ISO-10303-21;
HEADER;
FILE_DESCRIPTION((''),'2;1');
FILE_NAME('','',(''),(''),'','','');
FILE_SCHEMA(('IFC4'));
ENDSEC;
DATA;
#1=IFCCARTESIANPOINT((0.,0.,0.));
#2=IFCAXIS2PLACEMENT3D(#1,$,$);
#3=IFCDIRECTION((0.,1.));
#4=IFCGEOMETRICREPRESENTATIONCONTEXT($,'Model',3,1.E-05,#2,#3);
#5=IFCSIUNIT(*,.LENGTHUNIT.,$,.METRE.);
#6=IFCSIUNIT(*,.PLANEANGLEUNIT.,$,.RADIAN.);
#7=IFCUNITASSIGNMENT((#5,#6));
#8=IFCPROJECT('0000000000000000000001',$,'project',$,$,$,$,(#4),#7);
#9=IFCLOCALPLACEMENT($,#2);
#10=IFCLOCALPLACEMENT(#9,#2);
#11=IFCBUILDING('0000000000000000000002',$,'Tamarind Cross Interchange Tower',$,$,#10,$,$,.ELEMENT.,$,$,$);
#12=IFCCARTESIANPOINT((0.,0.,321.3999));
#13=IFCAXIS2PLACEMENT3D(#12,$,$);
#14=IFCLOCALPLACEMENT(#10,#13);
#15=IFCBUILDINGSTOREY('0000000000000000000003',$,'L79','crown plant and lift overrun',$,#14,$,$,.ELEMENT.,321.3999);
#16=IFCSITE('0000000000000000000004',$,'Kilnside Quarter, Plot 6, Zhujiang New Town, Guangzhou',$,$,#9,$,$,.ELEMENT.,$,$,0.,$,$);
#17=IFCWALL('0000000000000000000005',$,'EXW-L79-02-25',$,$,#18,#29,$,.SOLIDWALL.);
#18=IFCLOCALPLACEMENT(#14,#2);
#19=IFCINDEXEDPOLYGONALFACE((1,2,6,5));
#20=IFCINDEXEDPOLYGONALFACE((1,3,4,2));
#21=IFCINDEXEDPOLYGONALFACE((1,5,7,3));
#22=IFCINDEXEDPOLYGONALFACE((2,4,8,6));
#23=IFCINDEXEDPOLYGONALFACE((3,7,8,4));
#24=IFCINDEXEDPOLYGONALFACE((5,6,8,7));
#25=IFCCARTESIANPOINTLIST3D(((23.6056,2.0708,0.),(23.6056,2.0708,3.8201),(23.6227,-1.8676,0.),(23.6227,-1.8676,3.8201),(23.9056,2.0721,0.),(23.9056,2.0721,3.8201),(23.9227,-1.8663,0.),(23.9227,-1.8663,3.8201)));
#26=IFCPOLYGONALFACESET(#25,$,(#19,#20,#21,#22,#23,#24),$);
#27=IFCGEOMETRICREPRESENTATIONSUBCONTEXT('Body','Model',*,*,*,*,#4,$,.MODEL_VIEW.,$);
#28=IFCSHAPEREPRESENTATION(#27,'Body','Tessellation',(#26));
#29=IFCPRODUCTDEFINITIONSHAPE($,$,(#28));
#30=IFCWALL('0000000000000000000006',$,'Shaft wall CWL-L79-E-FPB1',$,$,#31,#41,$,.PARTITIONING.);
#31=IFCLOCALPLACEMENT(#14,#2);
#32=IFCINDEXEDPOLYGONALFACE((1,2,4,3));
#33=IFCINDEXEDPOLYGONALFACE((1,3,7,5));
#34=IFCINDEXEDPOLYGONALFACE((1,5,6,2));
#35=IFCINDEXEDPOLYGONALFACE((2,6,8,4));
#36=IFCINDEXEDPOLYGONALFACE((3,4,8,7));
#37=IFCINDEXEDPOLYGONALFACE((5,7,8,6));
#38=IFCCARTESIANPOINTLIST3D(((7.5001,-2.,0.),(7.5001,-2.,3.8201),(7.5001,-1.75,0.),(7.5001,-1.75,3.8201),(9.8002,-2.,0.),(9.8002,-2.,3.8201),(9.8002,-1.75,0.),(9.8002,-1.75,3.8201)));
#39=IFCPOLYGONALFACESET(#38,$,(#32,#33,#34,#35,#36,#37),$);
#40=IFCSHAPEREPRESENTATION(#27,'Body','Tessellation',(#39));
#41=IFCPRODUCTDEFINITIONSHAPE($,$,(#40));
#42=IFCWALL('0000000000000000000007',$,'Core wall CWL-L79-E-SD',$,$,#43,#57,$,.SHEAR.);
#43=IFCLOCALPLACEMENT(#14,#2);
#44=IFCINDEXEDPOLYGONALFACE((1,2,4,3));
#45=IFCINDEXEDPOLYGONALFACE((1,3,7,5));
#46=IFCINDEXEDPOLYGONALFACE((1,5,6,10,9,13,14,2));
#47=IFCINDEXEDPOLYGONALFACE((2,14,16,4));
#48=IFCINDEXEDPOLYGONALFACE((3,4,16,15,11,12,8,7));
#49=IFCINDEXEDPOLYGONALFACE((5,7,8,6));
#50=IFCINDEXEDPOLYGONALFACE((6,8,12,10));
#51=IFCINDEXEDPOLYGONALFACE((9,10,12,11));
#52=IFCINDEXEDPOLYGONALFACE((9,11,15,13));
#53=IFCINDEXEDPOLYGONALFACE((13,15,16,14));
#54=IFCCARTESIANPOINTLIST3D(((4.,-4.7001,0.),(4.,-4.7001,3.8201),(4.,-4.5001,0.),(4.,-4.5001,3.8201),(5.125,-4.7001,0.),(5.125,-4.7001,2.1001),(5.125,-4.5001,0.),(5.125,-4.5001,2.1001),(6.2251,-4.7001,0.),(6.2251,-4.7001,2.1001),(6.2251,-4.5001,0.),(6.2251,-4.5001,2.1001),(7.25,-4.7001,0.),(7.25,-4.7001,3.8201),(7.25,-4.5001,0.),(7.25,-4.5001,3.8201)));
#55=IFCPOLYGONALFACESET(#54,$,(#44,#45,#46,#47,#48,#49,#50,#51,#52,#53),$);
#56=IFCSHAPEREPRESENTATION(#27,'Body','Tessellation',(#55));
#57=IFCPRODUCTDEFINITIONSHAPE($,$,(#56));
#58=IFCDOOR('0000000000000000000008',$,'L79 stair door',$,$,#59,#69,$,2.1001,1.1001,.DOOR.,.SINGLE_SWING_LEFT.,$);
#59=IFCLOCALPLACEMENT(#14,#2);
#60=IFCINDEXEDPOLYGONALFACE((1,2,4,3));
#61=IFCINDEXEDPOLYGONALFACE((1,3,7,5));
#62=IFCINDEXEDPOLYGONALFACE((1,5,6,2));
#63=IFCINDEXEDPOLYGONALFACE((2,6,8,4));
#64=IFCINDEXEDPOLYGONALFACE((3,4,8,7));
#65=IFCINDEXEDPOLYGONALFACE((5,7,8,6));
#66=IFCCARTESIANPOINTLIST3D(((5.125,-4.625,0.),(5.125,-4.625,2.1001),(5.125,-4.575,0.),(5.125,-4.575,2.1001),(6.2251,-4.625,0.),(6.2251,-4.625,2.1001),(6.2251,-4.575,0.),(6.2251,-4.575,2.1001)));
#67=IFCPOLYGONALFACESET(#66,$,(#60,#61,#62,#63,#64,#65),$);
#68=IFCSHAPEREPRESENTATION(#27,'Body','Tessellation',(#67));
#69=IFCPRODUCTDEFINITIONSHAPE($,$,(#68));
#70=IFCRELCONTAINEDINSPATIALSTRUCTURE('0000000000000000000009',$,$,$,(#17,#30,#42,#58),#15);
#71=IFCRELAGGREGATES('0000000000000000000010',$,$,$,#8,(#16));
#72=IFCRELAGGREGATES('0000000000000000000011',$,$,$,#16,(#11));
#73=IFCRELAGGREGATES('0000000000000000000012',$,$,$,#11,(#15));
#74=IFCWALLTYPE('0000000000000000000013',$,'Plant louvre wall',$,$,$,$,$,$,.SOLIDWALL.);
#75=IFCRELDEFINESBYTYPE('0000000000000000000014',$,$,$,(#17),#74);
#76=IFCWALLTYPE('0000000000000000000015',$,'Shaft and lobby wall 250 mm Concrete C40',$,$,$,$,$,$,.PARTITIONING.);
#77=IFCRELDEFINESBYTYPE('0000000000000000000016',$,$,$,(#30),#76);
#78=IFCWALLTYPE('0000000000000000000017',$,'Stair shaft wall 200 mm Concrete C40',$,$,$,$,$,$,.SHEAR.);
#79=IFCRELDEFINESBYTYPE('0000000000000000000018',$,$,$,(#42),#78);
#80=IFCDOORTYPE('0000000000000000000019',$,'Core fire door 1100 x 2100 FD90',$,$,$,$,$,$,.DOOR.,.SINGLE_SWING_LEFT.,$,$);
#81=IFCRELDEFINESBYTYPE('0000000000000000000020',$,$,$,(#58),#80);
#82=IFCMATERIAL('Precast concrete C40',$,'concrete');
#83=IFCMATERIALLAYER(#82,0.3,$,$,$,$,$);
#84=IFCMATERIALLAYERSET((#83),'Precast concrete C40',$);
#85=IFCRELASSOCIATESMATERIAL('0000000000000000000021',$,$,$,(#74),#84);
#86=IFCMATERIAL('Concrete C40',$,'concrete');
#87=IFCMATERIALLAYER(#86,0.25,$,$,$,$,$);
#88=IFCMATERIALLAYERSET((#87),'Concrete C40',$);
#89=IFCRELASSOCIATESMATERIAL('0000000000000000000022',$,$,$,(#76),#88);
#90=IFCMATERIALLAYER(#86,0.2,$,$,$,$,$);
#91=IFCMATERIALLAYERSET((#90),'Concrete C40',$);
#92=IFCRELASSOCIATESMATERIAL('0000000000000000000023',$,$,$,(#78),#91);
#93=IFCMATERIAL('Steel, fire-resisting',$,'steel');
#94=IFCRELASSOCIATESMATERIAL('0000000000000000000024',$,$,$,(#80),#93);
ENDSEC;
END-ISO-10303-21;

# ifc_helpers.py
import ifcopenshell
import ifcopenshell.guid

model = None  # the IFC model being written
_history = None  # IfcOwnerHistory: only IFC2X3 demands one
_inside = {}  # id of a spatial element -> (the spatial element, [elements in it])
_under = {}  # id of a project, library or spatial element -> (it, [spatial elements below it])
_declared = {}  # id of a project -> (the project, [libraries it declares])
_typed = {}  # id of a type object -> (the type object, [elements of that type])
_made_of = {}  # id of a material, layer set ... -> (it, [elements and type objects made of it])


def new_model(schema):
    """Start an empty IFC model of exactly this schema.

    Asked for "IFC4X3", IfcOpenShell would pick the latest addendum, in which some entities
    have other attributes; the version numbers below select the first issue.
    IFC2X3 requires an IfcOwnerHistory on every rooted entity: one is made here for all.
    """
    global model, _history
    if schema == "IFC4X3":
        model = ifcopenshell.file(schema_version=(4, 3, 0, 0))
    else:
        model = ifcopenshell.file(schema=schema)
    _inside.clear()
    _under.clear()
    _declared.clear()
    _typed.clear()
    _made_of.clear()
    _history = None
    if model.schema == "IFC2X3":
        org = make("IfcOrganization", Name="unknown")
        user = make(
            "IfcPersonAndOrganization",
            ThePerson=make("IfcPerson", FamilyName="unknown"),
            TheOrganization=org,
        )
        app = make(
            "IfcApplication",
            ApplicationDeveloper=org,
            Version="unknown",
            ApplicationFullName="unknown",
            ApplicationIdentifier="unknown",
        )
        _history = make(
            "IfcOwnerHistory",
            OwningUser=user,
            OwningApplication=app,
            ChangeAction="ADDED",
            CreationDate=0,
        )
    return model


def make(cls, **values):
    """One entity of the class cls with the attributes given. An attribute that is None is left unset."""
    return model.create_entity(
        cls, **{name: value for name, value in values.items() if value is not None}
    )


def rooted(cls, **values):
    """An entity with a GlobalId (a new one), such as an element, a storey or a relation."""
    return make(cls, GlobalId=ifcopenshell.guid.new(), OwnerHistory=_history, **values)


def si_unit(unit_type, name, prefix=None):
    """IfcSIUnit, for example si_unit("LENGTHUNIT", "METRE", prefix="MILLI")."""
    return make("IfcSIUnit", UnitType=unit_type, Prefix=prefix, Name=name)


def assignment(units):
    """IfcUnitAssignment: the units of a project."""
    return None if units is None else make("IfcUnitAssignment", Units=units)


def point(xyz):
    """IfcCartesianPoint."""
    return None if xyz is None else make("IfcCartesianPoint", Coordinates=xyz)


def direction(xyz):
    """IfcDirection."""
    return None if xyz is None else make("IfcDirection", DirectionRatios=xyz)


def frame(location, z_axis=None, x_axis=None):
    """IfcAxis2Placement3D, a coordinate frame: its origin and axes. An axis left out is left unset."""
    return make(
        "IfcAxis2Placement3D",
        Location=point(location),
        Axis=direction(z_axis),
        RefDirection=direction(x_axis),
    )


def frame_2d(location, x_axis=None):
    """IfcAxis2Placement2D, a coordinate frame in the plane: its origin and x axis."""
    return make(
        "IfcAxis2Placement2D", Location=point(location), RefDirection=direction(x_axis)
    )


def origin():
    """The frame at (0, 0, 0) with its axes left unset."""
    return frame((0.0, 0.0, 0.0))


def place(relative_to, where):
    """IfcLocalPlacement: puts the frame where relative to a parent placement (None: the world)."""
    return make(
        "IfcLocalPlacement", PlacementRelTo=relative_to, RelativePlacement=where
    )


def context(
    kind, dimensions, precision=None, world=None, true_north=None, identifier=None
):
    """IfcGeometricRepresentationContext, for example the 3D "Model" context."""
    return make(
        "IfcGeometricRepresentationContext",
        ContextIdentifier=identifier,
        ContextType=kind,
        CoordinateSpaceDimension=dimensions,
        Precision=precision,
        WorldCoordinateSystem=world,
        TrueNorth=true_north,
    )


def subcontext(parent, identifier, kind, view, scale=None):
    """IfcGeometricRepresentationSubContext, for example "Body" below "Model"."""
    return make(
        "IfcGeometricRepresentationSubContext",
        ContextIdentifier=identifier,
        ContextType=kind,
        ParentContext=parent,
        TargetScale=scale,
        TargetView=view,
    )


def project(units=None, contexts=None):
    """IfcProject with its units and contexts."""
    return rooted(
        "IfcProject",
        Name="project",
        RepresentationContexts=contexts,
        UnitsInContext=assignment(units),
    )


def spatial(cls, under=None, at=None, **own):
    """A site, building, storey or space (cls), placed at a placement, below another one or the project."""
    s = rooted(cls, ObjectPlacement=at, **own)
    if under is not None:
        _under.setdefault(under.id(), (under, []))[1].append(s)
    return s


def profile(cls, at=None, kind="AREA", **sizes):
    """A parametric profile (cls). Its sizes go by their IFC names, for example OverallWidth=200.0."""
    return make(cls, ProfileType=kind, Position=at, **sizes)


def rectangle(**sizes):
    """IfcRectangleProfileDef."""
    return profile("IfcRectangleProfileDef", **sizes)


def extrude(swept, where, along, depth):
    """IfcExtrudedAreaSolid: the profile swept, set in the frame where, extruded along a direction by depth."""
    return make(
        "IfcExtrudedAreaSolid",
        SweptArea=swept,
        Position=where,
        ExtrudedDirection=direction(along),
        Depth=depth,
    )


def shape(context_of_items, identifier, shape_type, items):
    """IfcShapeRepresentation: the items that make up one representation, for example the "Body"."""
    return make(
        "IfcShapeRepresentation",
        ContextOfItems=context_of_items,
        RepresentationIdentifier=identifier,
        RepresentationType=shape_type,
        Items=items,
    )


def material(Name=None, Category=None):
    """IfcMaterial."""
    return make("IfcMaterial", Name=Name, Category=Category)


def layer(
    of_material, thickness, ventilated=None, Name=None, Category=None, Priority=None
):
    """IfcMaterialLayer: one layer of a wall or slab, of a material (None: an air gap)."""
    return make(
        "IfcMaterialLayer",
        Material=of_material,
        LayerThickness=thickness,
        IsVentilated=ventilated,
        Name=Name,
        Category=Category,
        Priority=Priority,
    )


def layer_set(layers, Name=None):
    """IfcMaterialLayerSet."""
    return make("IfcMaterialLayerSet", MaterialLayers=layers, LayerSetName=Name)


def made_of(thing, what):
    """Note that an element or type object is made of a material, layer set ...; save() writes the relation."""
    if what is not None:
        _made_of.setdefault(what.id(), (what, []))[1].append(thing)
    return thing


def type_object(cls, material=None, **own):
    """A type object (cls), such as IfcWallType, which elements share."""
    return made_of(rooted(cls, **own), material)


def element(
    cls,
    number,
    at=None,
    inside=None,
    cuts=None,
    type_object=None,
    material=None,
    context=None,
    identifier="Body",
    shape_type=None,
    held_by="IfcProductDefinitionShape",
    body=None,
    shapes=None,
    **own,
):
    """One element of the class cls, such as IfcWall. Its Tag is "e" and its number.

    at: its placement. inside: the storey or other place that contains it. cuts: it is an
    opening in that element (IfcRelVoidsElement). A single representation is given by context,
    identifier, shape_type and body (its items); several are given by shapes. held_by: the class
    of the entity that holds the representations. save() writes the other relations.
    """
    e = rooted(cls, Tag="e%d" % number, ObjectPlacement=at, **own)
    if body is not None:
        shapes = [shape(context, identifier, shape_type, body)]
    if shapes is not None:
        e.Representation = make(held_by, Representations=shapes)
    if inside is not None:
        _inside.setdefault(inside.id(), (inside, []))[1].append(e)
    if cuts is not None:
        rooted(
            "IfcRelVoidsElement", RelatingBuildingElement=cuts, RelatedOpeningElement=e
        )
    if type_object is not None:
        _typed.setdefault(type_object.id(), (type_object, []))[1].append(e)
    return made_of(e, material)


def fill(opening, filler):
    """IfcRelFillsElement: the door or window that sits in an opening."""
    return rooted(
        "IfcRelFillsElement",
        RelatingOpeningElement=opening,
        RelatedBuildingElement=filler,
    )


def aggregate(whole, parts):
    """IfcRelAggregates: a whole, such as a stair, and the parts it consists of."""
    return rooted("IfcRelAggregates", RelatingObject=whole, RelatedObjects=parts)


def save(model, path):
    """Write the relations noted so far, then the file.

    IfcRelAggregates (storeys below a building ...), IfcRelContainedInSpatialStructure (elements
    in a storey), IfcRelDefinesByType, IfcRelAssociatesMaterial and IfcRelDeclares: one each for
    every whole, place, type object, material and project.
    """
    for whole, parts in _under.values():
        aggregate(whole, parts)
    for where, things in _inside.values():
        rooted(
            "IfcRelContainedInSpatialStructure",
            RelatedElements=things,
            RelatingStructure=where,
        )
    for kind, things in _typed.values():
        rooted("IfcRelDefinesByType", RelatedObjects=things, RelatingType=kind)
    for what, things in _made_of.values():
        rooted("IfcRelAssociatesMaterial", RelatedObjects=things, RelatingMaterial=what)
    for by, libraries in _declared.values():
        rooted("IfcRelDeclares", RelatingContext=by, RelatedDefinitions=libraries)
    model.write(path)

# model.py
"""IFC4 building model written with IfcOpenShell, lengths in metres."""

from ifc_helpers import new_model, si_unit, direction, frame, frame_2d, origin, place, context, subcontext, project, spatial, rectangle, extrude, material, layer, layer_set, type_object, element, fill, save


model = new_model("IFC4")

# Units and contexts
model_context = context("Model", 3, precision=1e-05, world=origin(), true_north=direction((0.0, 1.0)))
body_context = subcontext(model_context, "Body", "Model", "MODEL_VIEW")
ifc_project = project(units=[si_unit("LENGTHUNIT", "METRE"), si_unit("PLANEANGLEUNIT", "RADIAN")], contexts=[model_context])

# Site, building, storey
site_placement = place(None, origin())
site = spatial("IfcSite", under=ifc_project, at=site_placement, Name="Kilnside Quarter, Plot 6, Zhujiang New Town, Guangzhou", CompositionType="ELEMENT", RefElevation=0.0)
building_placement = place(site_placement, origin())
building = spatial("IfcBuilding", under=site, at=building_placement, Name="Tamarind Cross Interchange Tower", CompositionType="ELEMENT")
storey_placement = place(building_placement, frame((0.0, 0.0, 321.3999)))
storey = spatial("IfcBuildingStorey", under=building, at=storey_placement, Name="L79", Description="crown plant and lift overrun", CompositionType="ELEMENT", Elevation=321.3999)

# Shared definitions
ifc_material_1 = material(Name="Steel, fire-resisting", Category="steel")

# Walls
ifc_material_2 = material(Name="Precast concrete C40", Category="concrete")
ifc_layer_1 = layer(ifc_material_2, 0.3)
ifc_layer_set_1 = layer_set([ifc_layer_1], Name="Precast concrete C40")
wall_type_1 = type_object("IfcWallType", Name="Plant louvre wall", PredefinedType="SOLIDWALL", material=ifc_layer_set_1)
wall_1_placement = place(storey_placement, frame((23.7727, -1.8669, 0.0), z_axis=(0.0, 0.0, 1.0), x_axis=(-0.004339, 0.999991, 0.0)))
element("IfcWall", 1, at=wall_1_placement, inside=storey, type_object=wall_type_1, Name="EXW-L79-02-25", PredefinedType="SOLIDWALL", context=body_context, shape_type="SweptSolid", body=[
    extrude(rectangle(XDim=3.9385, YDim=0.3, at=frame_2d((1.9692, 0.0))), origin(), (0.0, 0.0, 1.0), 3.8201),
])
ifc_material_3 = material(Name="Concrete C40", Category="concrete")
ifc_layer_2 = layer(ifc_material_3, 0.25)
ifc_layer_set_2 = layer_set([ifc_layer_2], Name="Concrete C40")
wall_type_2 = type_object("IfcWallType", Name="Shaft and lobby wall 250 mm Concrete C40", PredefinedType="PARTITIONING", material=ifc_layer_set_2)
wall_2_placement = place(storey_placement, frame((9.8, -1.875, 0.0), z_axis=(0.0, 0.0, 1.0), x_axis=(-1.0, 0.0, 0.0)))
element("IfcWall", 2, at=wall_2_placement, inside=storey, type_object=wall_type_2, Name="Shaft wall CWL-L79-E-FPB1", PredefinedType="PARTITIONING", context=body_context, shape_type="SweptSolid", body=[
    extrude(rectangle(XDim=2.3, YDim=0.25, at=frame_2d((1.1499, 0.0))), origin(), (0.0, 0.0, 1.0), 3.8201),
])

# Wall, opening, door
ifc_layer_3 = layer(ifc_material_3, 0.2)
ifc_layer_set_3 = layer_set([ifc_layer_3], Name="Concrete C40")
wall_type_3 = type_object("IfcWallType", Name="Stair shaft wall 200 mm Concrete C40", PredefinedType="SHEAR", material=ifc_layer_set_3)
wall_3_placement = place(storey_placement, frame((7.25, -4.6001, 0.0), z_axis=(0.0, 0.0, 1.0), x_axis=(-1.0, 0.0, 0.0)))
wall_3 = element("IfcWall", 3, at=wall_3_placement, inside=storey, type_object=wall_type_3, Name="Core wall CWL-L79-E-SD", PredefinedType="SHEAR", context=body_context, shape_type="SweptSolid", body=[
    extrude(rectangle(XDim=3.25, YDim=0.2, at=frame_2d((1.625, 0.0))), origin(), (0.0, 0.0, 1.0), 3.8201),
])
opening_1_placement = place(wall_3_placement, frame((1.0249, 0.0, 0.0)))
opening_1 = element("IfcOpeningElement", 4, at=opening_1_placement, cuts=wall_3, PredefinedType="OPENING", context=body_context, shape_type="SweptSolid", body=[
    extrude(rectangle(XDim=1.1001, YDim=2.1001, at=frame_2d((0.55, 1.05))), frame((0.0, 0.1099, 0.0), z_axis=(0.0, -1.0, 0.0), x_axis=(1.0, 0.0, 0.0)), (0.0, 0.0, 1.0), 0.22),
])
door_type_1 = type_object("IfcDoorType", Name="Core fire door 1100 x 2100 FD90", OperationType="SINGLE_SWING_LEFT", PredefinedType="DOOR", material=ifc_material_1)
door_1_placement = place(opening_1_placement, origin())
door_1 = element("IfcDoor", 5, at=door_1_placement, inside=storey, type_object=door_type_1, Name="L79 stair door", OperationType="SINGLE_SWING_LEFT", OverallHeight=2.1001, OverallWidth=1.1001, PredefinedType="DOOR", context=body_context, shape_type="SweptSolid", body=[
    extrude(rectangle(XDim=1.1001, YDim=2.1001, at=frame_2d((0.55, 1.05))), frame((0.0, 0.0249, 0.0), z_axis=(0.0, -1.0, 0.0), x_axis=(1.0, 0.0, 0.0)), (0.0, 0.0, 1.0), 0.05),
])
fill(opening_1, door_1)

save(model, "model.ifc")
